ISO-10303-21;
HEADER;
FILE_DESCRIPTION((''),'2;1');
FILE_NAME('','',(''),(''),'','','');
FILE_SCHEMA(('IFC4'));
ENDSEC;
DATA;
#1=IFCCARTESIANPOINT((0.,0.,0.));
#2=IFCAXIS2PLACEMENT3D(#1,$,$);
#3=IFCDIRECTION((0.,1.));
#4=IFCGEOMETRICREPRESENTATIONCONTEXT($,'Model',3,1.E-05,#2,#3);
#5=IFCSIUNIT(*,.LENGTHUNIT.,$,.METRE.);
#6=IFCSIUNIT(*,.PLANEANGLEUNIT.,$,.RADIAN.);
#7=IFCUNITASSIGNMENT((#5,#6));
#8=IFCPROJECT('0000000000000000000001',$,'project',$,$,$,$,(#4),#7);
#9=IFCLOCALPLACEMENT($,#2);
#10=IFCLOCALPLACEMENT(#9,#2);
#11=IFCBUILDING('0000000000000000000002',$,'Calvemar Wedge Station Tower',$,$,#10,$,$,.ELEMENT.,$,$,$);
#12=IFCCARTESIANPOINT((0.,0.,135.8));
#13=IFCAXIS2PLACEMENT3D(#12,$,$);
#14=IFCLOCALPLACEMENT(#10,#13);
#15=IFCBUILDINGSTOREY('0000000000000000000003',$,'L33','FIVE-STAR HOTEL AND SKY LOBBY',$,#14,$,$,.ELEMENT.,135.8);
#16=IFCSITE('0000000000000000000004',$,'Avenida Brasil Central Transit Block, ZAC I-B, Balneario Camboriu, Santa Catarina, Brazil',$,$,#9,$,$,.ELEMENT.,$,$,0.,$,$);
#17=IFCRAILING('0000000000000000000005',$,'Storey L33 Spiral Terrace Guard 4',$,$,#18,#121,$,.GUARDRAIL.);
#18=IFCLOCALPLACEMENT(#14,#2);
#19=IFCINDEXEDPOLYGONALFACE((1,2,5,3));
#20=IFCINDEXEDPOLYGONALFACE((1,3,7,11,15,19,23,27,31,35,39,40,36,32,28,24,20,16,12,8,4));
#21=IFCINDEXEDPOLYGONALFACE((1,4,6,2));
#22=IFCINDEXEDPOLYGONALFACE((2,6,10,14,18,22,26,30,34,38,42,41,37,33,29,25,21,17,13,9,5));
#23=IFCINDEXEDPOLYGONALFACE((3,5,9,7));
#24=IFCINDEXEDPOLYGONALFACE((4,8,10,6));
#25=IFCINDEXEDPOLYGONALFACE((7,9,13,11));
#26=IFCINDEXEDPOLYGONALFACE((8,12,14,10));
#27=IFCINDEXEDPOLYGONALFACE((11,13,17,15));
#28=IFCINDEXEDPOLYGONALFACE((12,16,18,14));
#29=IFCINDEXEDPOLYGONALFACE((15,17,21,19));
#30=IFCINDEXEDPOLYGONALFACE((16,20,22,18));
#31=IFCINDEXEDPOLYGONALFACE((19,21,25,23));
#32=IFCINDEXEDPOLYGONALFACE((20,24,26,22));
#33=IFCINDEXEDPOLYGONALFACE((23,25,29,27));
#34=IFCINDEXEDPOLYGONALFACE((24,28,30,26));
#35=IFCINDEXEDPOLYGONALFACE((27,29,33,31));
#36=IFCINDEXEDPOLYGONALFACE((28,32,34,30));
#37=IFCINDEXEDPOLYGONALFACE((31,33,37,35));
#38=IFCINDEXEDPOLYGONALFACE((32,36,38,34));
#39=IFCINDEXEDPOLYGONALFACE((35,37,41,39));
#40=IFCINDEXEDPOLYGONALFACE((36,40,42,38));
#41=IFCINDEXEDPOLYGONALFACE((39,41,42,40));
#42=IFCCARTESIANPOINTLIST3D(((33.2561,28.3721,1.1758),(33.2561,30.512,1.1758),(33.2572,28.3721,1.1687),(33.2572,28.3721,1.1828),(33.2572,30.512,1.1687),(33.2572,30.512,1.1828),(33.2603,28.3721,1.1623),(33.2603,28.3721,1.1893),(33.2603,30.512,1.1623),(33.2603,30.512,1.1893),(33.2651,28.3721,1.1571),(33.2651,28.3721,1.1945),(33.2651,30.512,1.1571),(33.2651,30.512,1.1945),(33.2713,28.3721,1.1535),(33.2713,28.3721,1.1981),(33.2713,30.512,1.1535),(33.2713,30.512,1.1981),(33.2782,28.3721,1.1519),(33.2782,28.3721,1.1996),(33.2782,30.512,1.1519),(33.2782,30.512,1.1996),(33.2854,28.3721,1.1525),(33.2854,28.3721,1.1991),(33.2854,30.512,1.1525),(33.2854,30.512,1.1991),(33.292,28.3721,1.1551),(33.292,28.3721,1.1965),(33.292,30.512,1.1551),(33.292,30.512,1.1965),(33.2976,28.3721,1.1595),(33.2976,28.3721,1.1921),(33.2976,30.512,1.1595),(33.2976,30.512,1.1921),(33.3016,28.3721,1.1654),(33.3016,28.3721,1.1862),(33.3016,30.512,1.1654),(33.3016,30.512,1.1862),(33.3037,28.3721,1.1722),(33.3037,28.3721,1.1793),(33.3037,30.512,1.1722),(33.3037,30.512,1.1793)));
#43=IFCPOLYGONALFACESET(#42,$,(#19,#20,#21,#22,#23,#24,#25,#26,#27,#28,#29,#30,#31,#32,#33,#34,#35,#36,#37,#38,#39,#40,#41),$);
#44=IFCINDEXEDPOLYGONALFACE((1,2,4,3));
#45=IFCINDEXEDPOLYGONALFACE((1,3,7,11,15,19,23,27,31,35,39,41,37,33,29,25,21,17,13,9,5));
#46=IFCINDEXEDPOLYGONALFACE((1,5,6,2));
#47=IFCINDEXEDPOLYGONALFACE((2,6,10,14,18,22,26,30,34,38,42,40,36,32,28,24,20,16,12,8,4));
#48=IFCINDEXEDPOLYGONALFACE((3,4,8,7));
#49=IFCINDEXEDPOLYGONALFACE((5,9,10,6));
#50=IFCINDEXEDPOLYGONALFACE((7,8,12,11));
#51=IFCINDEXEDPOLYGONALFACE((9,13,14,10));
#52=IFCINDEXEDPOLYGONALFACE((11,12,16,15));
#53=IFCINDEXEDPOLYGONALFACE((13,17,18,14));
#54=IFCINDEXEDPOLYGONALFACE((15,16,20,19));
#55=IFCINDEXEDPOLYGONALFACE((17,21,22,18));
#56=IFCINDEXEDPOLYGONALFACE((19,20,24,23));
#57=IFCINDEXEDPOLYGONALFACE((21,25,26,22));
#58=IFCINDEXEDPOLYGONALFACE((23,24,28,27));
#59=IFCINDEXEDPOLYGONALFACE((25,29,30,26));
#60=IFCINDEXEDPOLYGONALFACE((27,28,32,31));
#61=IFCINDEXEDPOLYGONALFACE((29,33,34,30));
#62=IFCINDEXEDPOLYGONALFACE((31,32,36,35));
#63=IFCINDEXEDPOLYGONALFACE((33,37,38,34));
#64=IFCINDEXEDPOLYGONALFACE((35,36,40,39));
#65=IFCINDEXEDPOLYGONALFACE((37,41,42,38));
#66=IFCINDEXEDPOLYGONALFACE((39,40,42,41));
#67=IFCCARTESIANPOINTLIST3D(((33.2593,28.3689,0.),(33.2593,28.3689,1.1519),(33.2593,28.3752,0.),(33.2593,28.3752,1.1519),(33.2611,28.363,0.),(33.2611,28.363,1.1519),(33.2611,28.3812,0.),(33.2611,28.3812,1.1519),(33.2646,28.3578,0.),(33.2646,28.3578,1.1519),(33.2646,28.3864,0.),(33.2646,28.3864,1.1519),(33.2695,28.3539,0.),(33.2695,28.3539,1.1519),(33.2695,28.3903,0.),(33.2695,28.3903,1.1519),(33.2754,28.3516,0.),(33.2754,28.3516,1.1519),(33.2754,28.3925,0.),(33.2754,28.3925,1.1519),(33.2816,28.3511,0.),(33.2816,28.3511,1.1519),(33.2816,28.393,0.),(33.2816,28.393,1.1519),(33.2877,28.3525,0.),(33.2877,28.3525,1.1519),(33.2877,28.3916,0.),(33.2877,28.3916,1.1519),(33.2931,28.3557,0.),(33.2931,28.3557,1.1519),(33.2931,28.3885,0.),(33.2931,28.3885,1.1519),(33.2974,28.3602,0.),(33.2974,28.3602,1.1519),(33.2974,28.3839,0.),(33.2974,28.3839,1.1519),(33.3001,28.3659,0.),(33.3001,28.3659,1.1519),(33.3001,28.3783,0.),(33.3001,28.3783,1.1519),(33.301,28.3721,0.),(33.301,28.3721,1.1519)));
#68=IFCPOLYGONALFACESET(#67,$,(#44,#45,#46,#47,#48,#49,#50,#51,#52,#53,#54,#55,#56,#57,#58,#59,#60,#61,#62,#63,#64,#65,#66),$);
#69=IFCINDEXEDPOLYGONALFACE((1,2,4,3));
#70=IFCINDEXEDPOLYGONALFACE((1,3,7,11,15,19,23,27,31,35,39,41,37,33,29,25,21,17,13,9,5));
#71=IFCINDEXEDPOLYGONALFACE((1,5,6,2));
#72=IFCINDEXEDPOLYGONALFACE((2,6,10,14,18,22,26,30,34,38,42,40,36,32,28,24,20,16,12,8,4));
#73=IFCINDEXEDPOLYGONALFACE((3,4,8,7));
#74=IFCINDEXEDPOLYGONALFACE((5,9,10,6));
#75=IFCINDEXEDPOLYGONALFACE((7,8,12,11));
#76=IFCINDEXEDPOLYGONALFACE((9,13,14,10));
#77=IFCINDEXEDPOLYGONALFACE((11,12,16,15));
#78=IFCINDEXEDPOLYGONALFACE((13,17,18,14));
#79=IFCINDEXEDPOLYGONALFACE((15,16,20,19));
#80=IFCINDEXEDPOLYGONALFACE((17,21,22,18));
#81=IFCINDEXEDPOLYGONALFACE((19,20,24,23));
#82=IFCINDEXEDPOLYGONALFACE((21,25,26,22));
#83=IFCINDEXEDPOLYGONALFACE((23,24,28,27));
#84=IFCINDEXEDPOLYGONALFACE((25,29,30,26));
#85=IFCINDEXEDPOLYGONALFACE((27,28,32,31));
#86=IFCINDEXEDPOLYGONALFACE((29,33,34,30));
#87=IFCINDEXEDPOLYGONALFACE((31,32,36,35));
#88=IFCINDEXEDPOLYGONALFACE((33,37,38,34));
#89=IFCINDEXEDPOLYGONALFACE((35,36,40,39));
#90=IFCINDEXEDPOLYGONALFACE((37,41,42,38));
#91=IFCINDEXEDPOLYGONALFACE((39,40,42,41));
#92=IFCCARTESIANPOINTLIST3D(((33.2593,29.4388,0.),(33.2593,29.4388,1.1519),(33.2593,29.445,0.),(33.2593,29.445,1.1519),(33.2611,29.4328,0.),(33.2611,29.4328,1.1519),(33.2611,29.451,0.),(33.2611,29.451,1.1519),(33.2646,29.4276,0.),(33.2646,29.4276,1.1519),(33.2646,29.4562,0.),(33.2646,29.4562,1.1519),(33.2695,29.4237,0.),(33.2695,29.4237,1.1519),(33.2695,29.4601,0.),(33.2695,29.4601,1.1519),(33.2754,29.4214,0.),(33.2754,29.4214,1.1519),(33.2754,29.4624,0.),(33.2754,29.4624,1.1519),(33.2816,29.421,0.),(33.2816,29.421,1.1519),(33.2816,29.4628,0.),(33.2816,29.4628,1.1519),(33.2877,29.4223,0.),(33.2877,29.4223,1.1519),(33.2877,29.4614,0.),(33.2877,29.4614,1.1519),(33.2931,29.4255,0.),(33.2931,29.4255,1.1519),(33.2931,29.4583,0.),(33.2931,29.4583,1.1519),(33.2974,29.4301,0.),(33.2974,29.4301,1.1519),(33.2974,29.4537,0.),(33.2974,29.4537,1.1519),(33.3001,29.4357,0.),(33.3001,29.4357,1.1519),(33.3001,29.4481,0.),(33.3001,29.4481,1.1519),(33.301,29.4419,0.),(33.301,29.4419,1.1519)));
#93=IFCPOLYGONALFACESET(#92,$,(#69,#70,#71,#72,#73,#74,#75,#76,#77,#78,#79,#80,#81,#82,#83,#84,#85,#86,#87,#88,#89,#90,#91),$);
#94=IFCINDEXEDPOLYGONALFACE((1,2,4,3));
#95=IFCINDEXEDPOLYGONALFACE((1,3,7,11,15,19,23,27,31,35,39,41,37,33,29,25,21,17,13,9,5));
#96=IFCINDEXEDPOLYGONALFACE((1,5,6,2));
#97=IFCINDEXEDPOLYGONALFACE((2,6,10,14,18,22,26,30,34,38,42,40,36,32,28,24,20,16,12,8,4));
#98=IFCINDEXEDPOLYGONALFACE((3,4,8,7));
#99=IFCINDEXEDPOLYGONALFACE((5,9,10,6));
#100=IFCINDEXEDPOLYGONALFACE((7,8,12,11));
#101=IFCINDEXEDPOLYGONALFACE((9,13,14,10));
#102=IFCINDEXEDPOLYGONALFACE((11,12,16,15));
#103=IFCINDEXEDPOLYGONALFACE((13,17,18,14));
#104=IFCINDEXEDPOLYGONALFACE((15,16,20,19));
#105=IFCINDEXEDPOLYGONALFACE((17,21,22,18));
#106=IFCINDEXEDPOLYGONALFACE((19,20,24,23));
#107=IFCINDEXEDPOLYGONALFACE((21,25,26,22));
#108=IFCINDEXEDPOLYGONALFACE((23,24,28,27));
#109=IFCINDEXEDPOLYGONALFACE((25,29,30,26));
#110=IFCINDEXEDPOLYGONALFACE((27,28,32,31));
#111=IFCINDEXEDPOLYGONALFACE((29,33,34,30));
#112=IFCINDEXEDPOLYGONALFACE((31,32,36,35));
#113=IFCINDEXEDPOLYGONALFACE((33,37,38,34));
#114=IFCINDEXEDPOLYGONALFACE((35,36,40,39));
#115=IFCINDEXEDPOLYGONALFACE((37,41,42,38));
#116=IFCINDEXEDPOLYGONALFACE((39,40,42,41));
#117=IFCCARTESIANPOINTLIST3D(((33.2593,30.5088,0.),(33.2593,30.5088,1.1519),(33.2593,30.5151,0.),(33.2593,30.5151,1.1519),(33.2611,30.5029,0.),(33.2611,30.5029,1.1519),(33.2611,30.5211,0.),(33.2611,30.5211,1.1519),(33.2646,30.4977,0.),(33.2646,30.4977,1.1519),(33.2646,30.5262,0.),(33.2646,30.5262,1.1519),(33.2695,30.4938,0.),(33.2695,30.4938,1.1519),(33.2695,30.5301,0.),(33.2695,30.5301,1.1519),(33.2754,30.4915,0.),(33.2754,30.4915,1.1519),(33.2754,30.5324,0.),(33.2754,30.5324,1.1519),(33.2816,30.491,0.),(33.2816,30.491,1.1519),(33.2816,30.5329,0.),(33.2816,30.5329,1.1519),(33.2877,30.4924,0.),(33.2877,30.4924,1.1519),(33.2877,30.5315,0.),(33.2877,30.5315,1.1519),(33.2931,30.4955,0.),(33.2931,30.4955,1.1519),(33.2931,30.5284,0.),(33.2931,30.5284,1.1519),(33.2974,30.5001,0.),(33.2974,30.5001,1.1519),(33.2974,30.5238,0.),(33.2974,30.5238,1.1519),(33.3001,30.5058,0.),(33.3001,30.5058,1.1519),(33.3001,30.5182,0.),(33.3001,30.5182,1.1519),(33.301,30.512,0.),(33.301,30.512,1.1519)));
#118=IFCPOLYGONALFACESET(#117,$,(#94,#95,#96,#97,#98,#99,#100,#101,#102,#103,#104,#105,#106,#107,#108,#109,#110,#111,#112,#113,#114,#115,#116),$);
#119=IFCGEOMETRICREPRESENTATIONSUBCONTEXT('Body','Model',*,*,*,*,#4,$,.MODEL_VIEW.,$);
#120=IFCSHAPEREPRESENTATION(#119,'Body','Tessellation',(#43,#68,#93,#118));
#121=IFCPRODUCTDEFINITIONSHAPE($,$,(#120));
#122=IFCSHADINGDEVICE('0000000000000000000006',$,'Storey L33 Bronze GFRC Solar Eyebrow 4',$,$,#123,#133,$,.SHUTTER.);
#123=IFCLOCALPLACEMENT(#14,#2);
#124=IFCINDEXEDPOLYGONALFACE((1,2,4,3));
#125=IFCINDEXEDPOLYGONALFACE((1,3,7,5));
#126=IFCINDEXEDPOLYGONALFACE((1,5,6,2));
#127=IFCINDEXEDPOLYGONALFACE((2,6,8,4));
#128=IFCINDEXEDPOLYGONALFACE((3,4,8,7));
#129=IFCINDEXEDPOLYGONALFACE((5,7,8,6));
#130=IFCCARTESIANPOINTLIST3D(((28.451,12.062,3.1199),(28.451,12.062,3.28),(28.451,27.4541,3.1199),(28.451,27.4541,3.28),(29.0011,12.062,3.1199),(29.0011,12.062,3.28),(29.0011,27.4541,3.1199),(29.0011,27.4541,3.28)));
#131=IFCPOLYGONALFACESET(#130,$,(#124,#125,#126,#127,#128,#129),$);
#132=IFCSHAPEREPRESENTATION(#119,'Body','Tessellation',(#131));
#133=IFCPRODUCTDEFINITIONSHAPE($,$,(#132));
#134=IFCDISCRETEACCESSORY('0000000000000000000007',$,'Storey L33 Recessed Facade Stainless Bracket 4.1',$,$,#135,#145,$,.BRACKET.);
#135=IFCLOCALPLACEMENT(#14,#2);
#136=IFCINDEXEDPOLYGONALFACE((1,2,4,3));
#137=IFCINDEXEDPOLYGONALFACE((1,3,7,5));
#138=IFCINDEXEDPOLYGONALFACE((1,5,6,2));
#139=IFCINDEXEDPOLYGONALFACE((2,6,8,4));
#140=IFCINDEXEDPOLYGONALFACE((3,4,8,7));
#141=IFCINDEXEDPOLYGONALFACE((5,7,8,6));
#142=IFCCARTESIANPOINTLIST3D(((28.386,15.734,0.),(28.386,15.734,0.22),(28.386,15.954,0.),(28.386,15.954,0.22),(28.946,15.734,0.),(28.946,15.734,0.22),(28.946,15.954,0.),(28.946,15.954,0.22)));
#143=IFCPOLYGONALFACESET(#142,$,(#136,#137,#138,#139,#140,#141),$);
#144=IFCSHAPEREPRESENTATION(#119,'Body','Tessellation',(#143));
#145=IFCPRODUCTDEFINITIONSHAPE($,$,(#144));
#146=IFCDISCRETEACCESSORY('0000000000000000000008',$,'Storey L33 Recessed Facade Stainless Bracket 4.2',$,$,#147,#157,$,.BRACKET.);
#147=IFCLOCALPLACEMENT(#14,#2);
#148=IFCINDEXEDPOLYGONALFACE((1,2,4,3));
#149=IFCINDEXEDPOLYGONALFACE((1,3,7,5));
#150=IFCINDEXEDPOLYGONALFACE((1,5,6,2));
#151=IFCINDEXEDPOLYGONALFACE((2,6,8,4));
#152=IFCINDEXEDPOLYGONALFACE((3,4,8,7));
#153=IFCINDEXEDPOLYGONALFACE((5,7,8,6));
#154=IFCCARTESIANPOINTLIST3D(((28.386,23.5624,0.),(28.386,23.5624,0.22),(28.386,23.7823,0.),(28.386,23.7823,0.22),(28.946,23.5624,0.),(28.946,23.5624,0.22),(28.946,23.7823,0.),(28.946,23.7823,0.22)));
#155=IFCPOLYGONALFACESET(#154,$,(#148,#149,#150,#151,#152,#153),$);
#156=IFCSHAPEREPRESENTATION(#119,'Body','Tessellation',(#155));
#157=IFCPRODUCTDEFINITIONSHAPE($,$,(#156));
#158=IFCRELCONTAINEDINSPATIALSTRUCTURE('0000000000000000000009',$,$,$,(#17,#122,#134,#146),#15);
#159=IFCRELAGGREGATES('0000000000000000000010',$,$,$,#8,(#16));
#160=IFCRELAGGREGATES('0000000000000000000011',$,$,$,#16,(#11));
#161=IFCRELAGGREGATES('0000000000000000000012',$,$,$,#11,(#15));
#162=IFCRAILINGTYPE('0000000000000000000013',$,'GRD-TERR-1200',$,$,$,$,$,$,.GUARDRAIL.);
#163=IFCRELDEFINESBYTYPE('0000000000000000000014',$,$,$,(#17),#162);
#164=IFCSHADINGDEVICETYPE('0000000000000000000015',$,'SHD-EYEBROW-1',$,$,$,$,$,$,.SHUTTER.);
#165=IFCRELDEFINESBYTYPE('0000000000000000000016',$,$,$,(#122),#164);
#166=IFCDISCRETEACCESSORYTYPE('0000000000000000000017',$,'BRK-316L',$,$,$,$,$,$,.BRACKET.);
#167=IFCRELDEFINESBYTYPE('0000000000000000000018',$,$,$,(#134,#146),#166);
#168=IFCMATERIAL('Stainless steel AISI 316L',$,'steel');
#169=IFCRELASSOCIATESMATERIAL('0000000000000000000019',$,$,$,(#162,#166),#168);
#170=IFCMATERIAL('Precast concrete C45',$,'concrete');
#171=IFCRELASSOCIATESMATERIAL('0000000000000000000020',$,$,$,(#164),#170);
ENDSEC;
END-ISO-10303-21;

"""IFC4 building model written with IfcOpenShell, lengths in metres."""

from ifc_helpers import new_model, si_unit, direction, frame, frame_2d, origin, origin_2d, place, context, subcontext, project, spatial, rectangle, circle, extrude, source, transform, mapped, material, type_object, element, save


model = new_model("IFC4")

# Units and contexts
model_context = context("Model", 3, precision=1e-05, world=origin(), true_north=direction((0.0, 1.0)))
body_context = subcontext(model_context, "Body", "Model", "MODEL_VIEW")
ifc_project = project(units=[si_unit("LENGTHUNIT", "METRE"), si_unit("PLANEANGLEUNIT", "RADIAN")], contexts=[model_context])

# Site, building, storey
site_placement = place(None, origin())
site = spatial("IfcSite", under=ifc_project, at=site_placement, Name="Avenida Brasil Central Transit Block, ZAC I-B, Balneario Camboriu, Santa Catarina, Brazil", CompositionType="ELEMENT", RefElevation=0.0)
building_placement = place(site_placement, origin())
building = spatial("IfcBuilding", under=site, at=building_placement, Name="Calvemar Wedge Station Tower", CompositionType="ELEMENT")
storey_placement = place(building_placement, frame((0.0, 0.0, 135.8)))
storey = spatial("IfcBuildingStorey", under=building, at=storey_placement, Name="L33", Description="FIVE-STAR HOTEL AND SKY LOBBY", CompositionType="ELEMENT", Elevation=135.8)

# Shared definitions
ifc_material_1 = material(Name="Precast concrete C45", Category="concrete")

# Railing
ifc_material_2 = material(Name="Stainless steel AISI 316L", Category="steel")
railing_type = type_object("IfcRailingType", Name="GRD-TERR-1200", PredefinedType="GUARDRAIL", material=ifc_material_2)
railing_1_placement = place(storey_placement, frame((33.28, 28.3721, 0.0)))
element("IfcRailing", 1, at=railing_1_placement, inside=storey, type_object=railing_type, Name="Storey L33 Spiral Terrace Guard 4", PredefinedType="GUARDRAIL", context=body_context, shape_type="SweptSolid", body=[
    extrude(circle(Radius=0.0239, at=origin_2d()), frame((0.0, 0.0, 1.1758), z_axis=(0.0, 1.0, 0.0), x_axis=(-1.0, 0.0, 0.0)), (0.0, 0.0, 1.0), 2.1399),
    extrude(circle(Radius=0.021, at=origin_2d()), origin(), (0.0, 0.0, 1.0), 1.1519),
    extrude(circle(Radius=0.021, at=origin_2d()), frame((0.0, 1.0698, 0.0)), (0.0, 0.0, 1.0), 1.1519),
    extrude(circle(Radius=0.021, at=origin_2d()), frame((0.0, 2.1399, 0.0)), (0.0, 0.0, 1.0), 1.1519),
])

# Shading device
shading_device_type = type_object("IfcShadingDeviceType", Name="SHD-EYEBROW-1", PredefinedType="SHUTTER", material=ifc_material_1)
shading_device_placement = place(storey_placement, frame((28.7261, 12.062, 3.1199), z_axis=(0.0, 0.0, 1.0), x_axis=(0.0, 1.0, 0.0)))
element("IfcShadingDevice", 2, at=shading_device_placement, inside=storey, type_object=shading_device_type, Name="Storey L33 Bronze GFRC Solar Eyebrow 4", PredefinedType="SHUTTER", context=body_context, shape_type="SweptSolid", body=[
    extrude(rectangle(XDim=15.3921, YDim=0.55, at=frame_2d((7.696, 0.0))), origin(), (0.0, 0.0, 1.0), 0.1602),
])

# Discrete accessories
discrete_accessory_type = type_object("IfcDiscreteAccessoryType", Name="BRK-316L", PredefinedType="BRACKET", material=ifc_material_2)
shared_shape_1 = source(origin(), body_context, "Body", "SweptSolid", [
    extrude(rectangle(XDim=0.22, YDim=0.5601, at=origin_2d()), origin(), (0.0, 0.0, 1.0), 0.22),
])
for number, where, z_axis, x_axis, name in (
    (3, (28.666, 15.844, 0.0), (0.0, 0.0, 1.0), (0.0, 1.0, 0.0), "Storey L33 Recessed Facade Stainless Bracket 4.1"),
    (4, (28.666, 23.6724, 0.0), (0.0, 0.0, 1.0), (0.0, 1.0, 0.0), "Storey L33 Recessed Facade Stainless Bracket 4.2"),
):
    element("IfcDiscreteAccessory", number, at=place(storey_placement, frame(where, z_axis=z_axis, x_axis=x_axis)), inside=storey, type_object=discrete_accessory_type, Name=name, PredefinedType="BRACKET", context=body_context, shape_type="MappedRepresentation", body=[
        mapped(shared_shape_1, transform((0.0, 0.0, 0.0), scale=1.0)),
    ])

save(model, "model.ifc")
